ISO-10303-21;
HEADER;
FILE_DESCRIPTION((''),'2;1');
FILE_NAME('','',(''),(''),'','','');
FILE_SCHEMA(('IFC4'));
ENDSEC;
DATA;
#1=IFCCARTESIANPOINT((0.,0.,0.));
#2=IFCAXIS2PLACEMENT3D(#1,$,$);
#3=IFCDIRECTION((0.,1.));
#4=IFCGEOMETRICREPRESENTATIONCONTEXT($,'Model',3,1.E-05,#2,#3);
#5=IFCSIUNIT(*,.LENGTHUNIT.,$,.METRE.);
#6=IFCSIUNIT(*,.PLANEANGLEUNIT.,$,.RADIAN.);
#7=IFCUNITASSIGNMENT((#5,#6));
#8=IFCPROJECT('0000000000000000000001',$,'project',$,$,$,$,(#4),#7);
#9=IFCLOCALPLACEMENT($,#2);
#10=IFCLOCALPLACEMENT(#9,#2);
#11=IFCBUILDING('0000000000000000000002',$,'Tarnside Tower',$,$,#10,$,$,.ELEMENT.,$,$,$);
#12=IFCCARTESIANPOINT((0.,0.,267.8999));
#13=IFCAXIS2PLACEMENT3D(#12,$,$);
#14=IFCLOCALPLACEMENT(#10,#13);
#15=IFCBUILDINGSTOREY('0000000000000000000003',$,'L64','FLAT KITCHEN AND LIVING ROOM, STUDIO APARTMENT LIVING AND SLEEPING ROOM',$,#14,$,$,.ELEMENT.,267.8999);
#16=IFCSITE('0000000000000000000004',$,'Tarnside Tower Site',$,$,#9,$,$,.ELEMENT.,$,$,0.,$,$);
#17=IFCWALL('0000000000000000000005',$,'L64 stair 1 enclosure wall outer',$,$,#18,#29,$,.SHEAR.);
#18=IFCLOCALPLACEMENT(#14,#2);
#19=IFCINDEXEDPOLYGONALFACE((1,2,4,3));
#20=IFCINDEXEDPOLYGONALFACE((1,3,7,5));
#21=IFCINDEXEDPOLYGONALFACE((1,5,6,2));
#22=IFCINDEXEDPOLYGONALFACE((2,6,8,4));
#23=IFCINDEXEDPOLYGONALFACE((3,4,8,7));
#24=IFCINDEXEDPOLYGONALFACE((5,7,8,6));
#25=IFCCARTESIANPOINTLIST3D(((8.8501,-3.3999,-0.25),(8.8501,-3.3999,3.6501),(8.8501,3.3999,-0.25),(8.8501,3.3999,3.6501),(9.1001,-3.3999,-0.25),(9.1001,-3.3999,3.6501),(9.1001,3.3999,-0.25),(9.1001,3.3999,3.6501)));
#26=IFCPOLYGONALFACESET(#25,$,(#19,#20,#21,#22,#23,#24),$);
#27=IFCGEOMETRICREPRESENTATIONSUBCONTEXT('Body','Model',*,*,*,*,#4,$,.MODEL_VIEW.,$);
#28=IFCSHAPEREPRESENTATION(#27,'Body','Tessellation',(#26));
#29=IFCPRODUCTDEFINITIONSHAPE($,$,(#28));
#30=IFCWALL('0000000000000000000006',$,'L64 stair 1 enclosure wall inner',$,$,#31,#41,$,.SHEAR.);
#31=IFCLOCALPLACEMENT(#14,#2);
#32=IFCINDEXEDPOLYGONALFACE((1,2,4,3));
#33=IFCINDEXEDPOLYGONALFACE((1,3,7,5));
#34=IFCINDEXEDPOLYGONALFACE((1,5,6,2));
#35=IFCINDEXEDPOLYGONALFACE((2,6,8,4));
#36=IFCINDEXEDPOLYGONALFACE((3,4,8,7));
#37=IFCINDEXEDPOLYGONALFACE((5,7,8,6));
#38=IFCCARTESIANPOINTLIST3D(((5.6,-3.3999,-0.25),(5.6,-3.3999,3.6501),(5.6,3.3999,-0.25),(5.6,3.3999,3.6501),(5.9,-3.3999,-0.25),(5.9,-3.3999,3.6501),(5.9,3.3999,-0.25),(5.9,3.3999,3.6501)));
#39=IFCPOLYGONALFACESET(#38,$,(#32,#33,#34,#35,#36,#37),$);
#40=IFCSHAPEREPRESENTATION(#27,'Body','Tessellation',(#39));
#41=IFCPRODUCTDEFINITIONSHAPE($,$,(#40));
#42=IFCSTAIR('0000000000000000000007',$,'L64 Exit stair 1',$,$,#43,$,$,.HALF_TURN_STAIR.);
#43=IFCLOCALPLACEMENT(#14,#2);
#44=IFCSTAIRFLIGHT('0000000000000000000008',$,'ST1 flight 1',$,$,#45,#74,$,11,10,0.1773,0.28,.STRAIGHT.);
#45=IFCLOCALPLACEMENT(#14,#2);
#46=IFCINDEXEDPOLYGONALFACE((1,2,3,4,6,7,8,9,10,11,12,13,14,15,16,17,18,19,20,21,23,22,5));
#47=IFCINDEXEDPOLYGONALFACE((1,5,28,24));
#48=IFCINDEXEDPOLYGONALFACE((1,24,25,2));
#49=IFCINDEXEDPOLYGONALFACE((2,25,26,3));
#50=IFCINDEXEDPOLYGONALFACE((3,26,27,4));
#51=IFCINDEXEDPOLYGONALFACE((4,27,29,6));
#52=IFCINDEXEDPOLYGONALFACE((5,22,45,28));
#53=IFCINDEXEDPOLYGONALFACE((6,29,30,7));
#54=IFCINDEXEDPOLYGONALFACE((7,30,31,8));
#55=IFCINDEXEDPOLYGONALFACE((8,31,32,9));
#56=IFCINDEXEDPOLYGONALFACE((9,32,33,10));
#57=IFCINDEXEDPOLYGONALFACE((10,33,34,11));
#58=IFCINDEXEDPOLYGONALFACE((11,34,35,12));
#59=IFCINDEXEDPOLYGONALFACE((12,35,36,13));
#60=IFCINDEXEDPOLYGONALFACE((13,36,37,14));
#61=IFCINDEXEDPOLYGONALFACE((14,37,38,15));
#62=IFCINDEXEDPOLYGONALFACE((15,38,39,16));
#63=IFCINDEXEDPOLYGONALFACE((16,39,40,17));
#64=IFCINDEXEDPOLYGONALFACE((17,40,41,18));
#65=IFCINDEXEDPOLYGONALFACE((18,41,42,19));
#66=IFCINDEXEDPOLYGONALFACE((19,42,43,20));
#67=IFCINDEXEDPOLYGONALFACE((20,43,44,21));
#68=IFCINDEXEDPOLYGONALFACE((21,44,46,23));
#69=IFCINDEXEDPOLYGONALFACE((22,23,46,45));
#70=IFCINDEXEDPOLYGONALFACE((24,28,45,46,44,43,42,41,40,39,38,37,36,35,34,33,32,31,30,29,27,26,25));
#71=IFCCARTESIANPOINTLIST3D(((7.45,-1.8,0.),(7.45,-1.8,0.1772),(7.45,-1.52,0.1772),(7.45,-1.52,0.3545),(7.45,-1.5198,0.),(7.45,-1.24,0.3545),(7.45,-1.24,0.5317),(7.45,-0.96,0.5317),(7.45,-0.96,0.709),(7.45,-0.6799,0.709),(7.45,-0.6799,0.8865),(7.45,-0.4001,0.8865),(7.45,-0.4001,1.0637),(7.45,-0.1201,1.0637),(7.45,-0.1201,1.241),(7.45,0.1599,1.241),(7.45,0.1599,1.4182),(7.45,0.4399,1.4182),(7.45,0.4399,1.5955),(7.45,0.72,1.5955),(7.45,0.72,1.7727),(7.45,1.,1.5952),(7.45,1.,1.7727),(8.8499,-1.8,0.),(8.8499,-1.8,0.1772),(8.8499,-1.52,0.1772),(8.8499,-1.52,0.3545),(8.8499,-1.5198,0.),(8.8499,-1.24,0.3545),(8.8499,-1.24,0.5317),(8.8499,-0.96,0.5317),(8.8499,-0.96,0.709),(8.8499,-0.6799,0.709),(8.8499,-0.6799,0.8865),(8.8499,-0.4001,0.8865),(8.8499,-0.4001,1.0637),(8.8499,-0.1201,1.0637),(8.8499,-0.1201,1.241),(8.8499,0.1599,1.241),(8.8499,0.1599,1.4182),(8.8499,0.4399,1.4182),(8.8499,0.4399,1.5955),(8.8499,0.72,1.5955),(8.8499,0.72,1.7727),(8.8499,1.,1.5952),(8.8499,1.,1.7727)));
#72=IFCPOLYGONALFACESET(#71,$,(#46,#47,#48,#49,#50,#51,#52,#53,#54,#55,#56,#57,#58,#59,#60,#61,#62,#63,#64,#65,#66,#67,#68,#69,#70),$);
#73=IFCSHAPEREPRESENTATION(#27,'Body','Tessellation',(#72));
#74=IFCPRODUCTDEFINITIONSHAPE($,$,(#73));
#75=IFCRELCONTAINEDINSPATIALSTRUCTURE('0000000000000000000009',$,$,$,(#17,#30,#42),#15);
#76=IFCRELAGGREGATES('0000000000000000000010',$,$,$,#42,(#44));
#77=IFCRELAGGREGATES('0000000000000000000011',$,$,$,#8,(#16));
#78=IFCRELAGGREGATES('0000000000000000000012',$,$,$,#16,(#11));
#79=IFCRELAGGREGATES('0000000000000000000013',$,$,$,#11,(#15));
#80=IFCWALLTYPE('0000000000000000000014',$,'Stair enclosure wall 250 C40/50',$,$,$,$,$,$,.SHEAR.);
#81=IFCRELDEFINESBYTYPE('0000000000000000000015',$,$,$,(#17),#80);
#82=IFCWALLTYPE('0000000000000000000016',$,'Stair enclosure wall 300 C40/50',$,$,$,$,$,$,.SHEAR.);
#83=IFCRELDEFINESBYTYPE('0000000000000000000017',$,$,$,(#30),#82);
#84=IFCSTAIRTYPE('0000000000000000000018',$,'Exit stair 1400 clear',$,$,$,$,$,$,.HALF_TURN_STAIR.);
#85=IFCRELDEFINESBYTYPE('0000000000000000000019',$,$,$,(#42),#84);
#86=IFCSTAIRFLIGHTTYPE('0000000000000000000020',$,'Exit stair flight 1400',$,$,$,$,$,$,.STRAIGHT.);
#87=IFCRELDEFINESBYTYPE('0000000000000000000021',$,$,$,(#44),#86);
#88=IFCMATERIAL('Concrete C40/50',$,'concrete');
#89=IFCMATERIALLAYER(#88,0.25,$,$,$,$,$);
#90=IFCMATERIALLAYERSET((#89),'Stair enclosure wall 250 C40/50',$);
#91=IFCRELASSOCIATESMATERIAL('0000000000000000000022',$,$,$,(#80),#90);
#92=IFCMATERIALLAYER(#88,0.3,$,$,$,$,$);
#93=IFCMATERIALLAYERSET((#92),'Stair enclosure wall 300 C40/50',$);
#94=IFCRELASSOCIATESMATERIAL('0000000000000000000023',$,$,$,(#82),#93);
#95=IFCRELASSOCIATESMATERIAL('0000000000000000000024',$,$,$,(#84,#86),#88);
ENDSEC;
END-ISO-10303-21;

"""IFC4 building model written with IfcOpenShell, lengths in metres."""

from ifc_helpers import new_model, si_unit, direction, frame, frame_2d, origin, place, context, subcontext, project, spatial, polyline, rectangle, outline, extrude, material, layer, layer_set, type_object, element, aggregate, save


model = new_model("IFC4")

# Units and contexts
model_context = context("Model", 3, precision=1e-05, world=origin(), true_north=direction((0.0, 1.0)))
body_context = subcontext(model_context, "Body", "Model", "MODEL_VIEW")
ifc_project = project(units=[si_unit("LENGTHUNIT", "METRE"), si_unit("PLANEANGLEUNIT", "RADIAN")], contexts=[model_context])

# Site, building, storey
site_placement = place(None, origin())
site = spatial("IfcSite", under=ifc_project, at=site_placement, Name="Tarnside Tower Site", CompositionType="ELEMENT", RefElevation=0.0)
building_placement = place(site_placement, origin())
building = spatial("IfcBuilding", under=site, at=building_placement, Name="Tarnside Tower", CompositionType="ELEMENT")
storey_placement = place(building_placement, frame((0.0, 0.0, 267.8999)))
storey = spatial("IfcBuildingStorey", under=building, at=storey_placement, Name="L64", Description="FLAT KITCHEN AND LIVING ROOM, STUDIO APARTMENT LIVING AND SLEEPING ROOM", CompositionType="ELEMENT", Elevation=267.8999)

# Shared definitions
ifc_material_1 = material(Name="Concrete C40/50", Category="concrete")

# Walls
ifc_layer_1 = layer(ifc_material_1, 0.25)
ifc_layer_set_1 = layer_set([ifc_layer_1], Name="Stair enclosure wall 250 C40/50")
wall_type_1 = type_object("IfcWallType", Name="Stair enclosure wall 250 C40/50", PredefinedType="SHEAR", material=ifc_layer_set_1)
wall_1_placement = place(storey_placement, frame((8.9751, -3.3999, -0.25), z_axis=(0.0, 0.0, 1.0), x_axis=(0.0, 1.0, 0.0)))
element("IfcWall", 1, at=wall_1_placement, inside=storey, type_object=wall_type_1, Name="L64 stair 1 enclosure wall outer", PredefinedType="SHEAR", context=body_context, shape_type="SweptSolid", body=[
    extrude(rectangle(XDim=6.7998, YDim=0.25, at=frame_2d((3.3999, 0.0))), origin(), (0.0, 0.0, 1.0), 3.9001),
])
ifc_layer_2 = layer(ifc_material_1, 0.3)
ifc_layer_set_2 = layer_set([ifc_layer_2], Name="Stair enclosure wall 300 C40/50")
wall_type_2 = type_object("IfcWallType", Name="Stair enclosure wall 300 C40/50", PredefinedType="SHEAR", material=ifc_layer_set_2)
wall_2_placement = place(storey_placement, frame((5.75, -3.3999, -0.25), z_axis=(0.0, 0.0, 1.0), x_axis=(0.0, 1.0, 0.0)))
element("IfcWall", 2, at=wall_2_placement, inside=storey, type_object=wall_type_2, Name="L64 stair 1 enclosure wall inner", PredefinedType="SHEAR", context=body_context, shape_type="SweptSolid", body=[
    extrude(rectangle(XDim=6.7998, YDim=0.3, at=frame_2d((3.3999, 0.0))), origin(), (0.0, 0.0, 1.0), 3.9001),
])

# Stair, stair flight
stair_type = type_object("IfcStairType", Name="Exit stair 1400 clear", PredefinedType="HALF_TURN_STAIR", material=ifc_material_1)
stair_placement = place(storey_placement, origin())
stair = element("IfcStair", 3, at=stair_placement, inside=storey, type_object=stair_type, Name="L64 Exit stair 1", PredefinedType="HALF_TURN_STAIR")
stair_flight_type = type_object("IfcStairFlightType", Name="Exit stair flight 1400", PredefinedType="STRAIGHT", material=ifc_material_1)
stair_flight_placement = place(storey_placement, frame((8.1499, -1.8, 0.0), z_axis=(0.0, 0.0, 1.0), x_axis=(0.0, 1.0, 0.0)))
stair_flight = element("IfcStairFlight", 4, at=stair_flight_placement, type_object=stair_flight_type, Name="ST1 flight 1", NumberOfRisers=11, NumberOfTreads=10, PredefinedType="STRAIGHT", RiserHeight=0.1773, TreadLength=0.28, context=body_context, shape_type="SweptSolid", body=[
    extrude(outline(polyline([(0.0, 0.0), (0.0, 0.1772), (0.28, 0.1772), (0.28, 0.3545), (0.5601, 0.3545), (0.5601, 0.5317), (0.8401, 0.5317), (0.8401, 0.709), (1.1201, 0.709), (1.1201, 0.8865), (1.3999, 0.8865), (1.3999, 1.0637), (1.6799, 1.0637), (1.6799, 1.241), (1.96, 1.241), (1.96, 1.4182), (2.24, 1.4182), (2.24, 1.5955), (2.52, 1.5955), (2.52, 1.7727), (2.8, 1.7727), (2.8, 1.95), (2.8, 1.5952), (0.2803, 0.0), (0.0, 0.0)])), frame((0.0, 0.7, 0.0), z_axis=(0.0, -1.0, 0.0), x_axis=(1.0, 0.0, 0.0)), (0.0, 0.0, 1.0), 1.3999),
])
aggregate(stair, [stair_flight])

save(model, "model.ifc")
